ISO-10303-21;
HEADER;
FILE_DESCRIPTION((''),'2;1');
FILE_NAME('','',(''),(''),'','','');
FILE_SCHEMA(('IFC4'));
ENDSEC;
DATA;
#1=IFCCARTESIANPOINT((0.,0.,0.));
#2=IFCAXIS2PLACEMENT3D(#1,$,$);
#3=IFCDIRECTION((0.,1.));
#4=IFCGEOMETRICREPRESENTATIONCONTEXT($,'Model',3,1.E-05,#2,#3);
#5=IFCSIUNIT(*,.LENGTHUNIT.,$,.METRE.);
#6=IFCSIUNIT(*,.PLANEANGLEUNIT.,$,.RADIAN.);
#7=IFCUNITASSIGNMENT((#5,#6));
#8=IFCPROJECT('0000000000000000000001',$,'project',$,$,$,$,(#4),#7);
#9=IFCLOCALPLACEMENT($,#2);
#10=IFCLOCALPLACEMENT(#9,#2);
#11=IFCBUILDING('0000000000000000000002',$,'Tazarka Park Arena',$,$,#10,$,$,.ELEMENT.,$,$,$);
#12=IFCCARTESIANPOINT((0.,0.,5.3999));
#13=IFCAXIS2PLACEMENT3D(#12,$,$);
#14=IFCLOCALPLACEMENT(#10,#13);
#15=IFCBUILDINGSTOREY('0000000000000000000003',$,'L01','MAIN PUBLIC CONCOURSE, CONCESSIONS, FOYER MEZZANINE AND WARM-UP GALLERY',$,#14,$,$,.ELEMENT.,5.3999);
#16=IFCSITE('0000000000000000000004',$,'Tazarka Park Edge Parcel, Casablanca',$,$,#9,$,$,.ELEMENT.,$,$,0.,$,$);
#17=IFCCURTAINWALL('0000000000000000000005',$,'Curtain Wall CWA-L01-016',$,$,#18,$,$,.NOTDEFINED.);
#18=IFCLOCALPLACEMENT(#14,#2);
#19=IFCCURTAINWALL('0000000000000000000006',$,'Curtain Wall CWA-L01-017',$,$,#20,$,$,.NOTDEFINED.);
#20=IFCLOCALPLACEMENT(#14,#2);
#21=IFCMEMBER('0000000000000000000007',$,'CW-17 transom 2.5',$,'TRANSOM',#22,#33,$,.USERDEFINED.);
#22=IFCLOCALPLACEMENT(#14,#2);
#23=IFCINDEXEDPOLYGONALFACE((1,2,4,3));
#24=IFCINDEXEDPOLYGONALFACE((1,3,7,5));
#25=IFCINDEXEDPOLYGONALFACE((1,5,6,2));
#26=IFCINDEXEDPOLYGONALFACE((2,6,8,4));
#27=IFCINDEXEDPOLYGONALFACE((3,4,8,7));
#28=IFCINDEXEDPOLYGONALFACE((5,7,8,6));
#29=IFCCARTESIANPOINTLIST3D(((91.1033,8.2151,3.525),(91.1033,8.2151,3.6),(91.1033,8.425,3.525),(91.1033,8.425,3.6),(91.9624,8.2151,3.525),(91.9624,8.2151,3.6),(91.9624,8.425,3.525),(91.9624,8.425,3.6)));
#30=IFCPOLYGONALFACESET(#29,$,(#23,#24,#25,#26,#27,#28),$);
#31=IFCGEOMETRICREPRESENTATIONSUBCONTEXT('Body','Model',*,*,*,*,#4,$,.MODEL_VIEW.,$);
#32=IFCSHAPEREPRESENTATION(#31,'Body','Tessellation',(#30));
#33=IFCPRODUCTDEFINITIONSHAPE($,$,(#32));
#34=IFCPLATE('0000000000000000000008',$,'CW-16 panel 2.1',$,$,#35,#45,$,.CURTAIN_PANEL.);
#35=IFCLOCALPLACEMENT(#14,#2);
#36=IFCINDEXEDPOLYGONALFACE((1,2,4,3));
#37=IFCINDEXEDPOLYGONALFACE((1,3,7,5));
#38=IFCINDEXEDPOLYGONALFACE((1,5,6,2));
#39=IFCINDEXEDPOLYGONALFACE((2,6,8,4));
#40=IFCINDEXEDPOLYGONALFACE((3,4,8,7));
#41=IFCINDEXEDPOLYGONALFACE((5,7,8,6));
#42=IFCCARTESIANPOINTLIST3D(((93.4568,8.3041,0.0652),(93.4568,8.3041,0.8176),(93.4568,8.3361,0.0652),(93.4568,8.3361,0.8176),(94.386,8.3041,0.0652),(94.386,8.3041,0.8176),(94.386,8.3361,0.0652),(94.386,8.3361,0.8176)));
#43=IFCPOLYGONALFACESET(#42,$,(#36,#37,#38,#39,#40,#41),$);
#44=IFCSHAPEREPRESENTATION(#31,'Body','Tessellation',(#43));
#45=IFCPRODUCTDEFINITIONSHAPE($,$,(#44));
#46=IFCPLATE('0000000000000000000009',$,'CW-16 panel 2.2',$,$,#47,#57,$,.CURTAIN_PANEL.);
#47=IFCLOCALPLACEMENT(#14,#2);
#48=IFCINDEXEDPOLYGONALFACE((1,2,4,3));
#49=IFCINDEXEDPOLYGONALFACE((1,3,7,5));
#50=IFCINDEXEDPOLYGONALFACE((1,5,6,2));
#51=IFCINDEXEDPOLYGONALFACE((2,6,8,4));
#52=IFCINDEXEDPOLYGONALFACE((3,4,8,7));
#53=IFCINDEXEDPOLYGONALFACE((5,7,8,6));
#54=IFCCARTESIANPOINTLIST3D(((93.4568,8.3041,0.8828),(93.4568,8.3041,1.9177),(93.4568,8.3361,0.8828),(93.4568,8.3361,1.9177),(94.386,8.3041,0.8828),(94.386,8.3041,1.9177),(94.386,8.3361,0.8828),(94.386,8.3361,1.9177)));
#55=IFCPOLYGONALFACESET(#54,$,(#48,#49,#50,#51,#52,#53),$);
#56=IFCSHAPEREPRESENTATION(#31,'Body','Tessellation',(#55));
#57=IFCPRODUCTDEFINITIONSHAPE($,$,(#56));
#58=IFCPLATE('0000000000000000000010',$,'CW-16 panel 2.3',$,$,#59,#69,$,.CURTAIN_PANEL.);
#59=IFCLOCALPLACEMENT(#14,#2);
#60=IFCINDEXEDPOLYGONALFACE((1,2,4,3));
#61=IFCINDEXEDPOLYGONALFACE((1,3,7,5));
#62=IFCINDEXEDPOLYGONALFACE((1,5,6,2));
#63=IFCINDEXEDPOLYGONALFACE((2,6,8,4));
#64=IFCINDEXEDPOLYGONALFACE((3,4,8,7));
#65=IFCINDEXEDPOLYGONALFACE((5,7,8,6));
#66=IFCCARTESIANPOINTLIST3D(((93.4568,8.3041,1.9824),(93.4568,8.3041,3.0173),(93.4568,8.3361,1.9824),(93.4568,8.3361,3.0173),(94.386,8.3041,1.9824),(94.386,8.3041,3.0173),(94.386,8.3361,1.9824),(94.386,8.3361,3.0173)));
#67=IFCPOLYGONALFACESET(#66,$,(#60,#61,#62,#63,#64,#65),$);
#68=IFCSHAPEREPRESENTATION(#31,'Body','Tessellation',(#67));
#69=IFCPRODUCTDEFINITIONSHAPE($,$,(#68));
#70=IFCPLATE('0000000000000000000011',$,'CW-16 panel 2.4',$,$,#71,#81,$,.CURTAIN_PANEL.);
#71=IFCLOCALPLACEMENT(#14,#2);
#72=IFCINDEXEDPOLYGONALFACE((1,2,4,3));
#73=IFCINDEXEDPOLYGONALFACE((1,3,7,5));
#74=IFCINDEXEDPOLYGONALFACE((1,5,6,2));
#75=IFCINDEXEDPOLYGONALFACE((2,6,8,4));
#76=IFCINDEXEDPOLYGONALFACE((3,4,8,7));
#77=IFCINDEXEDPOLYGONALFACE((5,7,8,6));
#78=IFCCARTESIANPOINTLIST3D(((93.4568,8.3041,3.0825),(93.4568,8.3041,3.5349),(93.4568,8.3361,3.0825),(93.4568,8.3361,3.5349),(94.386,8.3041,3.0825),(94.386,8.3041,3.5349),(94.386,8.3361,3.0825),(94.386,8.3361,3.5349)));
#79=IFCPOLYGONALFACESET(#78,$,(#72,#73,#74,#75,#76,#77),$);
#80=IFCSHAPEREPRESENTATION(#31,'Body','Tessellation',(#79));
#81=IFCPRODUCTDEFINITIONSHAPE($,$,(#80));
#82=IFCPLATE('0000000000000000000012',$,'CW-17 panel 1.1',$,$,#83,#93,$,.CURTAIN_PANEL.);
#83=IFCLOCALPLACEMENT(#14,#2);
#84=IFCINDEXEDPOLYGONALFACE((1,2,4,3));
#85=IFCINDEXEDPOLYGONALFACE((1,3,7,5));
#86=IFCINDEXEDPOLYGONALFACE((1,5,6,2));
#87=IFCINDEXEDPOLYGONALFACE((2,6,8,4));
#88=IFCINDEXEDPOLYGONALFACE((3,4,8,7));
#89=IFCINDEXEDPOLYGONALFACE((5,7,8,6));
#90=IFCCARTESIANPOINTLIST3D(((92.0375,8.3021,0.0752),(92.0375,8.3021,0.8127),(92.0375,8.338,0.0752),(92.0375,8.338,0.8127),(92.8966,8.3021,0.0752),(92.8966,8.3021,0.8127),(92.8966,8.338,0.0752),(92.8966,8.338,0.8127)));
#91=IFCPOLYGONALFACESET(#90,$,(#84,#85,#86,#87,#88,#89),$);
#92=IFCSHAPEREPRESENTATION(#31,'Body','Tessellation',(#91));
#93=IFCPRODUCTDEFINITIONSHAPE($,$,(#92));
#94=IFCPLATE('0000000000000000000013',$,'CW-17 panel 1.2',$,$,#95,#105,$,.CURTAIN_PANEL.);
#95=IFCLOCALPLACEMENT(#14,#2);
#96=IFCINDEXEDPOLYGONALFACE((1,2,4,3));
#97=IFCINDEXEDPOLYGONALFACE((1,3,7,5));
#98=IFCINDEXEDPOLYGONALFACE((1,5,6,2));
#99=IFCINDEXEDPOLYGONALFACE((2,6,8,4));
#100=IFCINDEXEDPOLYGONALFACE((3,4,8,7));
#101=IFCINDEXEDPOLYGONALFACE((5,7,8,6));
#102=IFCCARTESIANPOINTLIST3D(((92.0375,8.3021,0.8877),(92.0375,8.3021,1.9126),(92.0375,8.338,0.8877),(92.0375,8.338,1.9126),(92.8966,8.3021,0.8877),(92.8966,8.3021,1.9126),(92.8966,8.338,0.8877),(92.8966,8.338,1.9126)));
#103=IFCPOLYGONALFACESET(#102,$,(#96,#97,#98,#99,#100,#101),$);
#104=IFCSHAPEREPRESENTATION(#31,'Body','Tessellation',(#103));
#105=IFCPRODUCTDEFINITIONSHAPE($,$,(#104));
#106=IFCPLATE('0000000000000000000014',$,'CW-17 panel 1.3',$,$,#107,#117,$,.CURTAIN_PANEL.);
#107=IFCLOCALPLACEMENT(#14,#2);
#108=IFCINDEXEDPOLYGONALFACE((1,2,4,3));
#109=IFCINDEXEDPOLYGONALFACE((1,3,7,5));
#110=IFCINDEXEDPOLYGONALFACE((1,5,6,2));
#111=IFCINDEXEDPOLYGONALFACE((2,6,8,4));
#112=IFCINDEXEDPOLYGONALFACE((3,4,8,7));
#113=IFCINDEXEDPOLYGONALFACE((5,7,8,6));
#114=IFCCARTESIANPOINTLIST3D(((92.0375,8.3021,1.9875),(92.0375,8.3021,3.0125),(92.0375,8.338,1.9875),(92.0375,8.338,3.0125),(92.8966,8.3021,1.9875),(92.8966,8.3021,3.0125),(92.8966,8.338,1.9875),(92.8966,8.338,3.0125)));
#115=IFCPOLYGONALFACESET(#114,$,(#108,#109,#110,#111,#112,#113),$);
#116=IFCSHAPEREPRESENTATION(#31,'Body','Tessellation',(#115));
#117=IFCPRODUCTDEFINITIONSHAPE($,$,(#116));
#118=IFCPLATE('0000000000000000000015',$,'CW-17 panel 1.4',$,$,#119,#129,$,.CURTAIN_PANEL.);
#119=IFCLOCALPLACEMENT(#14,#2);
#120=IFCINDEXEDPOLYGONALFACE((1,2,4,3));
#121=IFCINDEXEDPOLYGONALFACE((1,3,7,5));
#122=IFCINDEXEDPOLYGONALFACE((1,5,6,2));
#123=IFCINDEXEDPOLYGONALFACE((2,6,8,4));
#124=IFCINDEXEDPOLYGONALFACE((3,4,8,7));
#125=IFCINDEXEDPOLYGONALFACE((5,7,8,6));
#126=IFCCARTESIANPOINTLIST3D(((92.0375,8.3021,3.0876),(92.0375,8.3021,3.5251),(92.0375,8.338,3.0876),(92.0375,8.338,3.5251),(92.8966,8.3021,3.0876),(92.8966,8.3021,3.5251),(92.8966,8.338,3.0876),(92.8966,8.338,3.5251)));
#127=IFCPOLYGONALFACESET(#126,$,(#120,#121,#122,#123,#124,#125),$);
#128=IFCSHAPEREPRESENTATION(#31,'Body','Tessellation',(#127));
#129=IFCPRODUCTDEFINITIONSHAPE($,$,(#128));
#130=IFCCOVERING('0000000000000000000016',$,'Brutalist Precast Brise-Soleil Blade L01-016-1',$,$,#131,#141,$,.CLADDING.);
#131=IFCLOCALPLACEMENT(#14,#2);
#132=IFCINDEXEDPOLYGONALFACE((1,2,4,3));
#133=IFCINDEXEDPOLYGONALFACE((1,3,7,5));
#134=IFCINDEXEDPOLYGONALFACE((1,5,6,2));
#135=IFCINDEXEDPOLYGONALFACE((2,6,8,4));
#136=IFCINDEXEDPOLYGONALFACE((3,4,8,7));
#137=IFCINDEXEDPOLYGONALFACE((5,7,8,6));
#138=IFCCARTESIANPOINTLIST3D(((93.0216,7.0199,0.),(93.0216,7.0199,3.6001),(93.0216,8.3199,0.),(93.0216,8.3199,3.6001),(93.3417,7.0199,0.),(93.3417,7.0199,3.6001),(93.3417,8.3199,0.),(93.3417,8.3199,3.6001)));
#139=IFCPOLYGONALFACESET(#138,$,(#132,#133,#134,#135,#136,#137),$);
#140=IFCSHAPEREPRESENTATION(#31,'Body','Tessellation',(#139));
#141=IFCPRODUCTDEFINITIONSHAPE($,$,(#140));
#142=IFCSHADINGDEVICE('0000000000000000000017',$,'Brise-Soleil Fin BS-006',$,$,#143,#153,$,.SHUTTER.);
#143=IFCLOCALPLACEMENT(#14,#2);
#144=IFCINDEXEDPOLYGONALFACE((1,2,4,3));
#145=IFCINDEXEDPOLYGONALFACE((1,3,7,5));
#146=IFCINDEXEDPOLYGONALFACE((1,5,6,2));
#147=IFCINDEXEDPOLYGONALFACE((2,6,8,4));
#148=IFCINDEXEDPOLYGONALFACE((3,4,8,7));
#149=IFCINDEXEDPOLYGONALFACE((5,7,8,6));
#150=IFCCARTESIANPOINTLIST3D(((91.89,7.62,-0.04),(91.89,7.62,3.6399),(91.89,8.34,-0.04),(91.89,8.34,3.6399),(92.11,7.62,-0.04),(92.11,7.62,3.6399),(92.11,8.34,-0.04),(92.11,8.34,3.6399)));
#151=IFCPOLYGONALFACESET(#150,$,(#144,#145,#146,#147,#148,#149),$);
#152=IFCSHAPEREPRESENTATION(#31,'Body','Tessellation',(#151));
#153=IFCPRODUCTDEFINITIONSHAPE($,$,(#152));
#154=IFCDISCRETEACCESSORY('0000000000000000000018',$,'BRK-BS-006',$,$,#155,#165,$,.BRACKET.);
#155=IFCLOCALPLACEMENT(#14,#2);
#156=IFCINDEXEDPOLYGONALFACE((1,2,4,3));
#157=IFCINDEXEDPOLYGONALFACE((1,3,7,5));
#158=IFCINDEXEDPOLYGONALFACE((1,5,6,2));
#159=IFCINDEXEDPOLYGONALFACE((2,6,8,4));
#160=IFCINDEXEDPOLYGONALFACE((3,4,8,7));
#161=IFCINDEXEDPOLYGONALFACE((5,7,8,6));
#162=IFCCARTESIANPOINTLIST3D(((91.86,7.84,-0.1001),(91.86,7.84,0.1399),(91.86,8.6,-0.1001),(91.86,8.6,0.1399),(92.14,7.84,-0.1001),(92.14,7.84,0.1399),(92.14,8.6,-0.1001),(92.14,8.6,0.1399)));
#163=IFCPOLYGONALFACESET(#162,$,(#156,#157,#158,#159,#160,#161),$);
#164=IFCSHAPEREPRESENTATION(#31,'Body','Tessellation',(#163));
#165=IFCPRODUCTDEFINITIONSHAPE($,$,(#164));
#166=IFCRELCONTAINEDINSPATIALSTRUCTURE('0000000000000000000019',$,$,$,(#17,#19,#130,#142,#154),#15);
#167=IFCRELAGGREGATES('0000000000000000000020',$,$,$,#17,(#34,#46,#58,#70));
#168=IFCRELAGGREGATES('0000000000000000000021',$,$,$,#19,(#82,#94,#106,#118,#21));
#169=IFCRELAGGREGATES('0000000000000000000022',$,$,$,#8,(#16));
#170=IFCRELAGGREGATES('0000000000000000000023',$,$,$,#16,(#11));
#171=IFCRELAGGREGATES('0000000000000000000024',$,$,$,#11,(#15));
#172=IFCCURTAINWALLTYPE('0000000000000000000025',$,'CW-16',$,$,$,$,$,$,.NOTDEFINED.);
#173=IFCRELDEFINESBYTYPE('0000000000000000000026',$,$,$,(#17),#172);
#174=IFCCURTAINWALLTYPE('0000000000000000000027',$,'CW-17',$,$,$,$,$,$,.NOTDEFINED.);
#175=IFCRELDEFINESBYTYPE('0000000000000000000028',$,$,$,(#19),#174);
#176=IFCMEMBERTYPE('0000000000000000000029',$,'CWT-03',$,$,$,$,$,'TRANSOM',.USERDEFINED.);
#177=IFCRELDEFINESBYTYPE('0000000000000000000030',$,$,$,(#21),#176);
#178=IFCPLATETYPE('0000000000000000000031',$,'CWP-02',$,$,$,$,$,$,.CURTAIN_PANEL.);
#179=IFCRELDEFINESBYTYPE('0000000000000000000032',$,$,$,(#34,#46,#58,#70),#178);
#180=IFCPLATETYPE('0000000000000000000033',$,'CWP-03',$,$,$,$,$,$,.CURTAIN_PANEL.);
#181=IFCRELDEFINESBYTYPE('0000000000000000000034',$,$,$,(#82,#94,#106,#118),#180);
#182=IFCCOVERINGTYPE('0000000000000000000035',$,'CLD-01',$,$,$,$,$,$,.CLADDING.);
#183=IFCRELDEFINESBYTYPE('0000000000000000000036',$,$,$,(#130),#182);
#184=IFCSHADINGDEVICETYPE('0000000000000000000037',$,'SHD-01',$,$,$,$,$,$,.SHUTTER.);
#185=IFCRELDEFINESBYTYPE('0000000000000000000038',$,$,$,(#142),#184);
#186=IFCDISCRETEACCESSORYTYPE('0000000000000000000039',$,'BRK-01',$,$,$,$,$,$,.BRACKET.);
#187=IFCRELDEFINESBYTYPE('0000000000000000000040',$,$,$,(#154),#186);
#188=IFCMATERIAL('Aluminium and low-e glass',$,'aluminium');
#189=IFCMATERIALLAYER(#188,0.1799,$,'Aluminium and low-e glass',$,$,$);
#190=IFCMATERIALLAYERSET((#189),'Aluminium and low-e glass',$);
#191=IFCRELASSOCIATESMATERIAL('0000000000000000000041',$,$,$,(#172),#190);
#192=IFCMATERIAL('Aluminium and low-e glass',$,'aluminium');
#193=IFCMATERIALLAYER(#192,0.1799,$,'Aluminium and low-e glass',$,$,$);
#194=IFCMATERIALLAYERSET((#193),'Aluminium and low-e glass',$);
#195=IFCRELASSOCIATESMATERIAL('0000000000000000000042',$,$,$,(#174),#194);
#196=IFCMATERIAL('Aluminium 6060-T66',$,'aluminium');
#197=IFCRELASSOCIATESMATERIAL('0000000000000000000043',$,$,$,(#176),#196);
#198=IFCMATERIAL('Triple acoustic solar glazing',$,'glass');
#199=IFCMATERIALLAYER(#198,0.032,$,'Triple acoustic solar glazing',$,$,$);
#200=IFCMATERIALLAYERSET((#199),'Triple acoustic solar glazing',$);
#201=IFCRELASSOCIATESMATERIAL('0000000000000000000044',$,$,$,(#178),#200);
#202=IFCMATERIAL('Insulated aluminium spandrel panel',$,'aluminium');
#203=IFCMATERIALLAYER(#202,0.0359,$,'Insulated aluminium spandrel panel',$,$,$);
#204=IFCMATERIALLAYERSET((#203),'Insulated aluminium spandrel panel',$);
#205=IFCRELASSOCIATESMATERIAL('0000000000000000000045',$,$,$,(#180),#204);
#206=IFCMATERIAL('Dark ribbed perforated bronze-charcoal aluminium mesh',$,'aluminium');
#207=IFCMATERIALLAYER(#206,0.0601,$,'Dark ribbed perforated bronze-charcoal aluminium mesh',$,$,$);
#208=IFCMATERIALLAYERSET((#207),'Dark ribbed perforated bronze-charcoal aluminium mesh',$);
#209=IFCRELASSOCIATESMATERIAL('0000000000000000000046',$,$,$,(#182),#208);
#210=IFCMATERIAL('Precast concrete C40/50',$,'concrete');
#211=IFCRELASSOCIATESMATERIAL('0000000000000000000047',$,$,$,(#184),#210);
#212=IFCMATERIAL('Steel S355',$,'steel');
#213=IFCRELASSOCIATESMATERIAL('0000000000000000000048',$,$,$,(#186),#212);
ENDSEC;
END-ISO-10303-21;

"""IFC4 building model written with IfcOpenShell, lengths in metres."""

from ifc_helpers import new_model, si_unit, direction, frame, origin, origin_2d, place, context, subcontext, project, spatial, rectangle, extrude, material, layer, layer_set, material_profile, profile_set, type_object, element, aggregate, save


model = new_model("IFC4")

# Units and contexts
model_context = context("Model", 3, precision=1e-05, world=origin(), true_north=direction((0.0, 1.0)))
body_context = subcontext(model_context, "Body", "Model", "MODEL_VIEW")
ifc_project = project(units=[si_unit("LENGTHUNIT", "METRE"), si_unit("PLANEANGLEUNIT", "RADIAN")], contexts=[model_context])

# Site, building, storey
site_placement = place(None, origin())
site = spatial("IfcSite", under=ifc_project, at=site_placement, Name="Tazarka Park Edge Parcel, Casablanca", CompositionType="ELEMENT", RefElevation=0.0)
building_placement = place(site_placement, origin())
building = spatial("IfcBuilding", under=site, at=building_placement, Name="Tazarka Park Arena", CompositionType="ELEMENT")
storey_placement = place(building_placement, frame((0.0, 0.0, 5.3999)))
storey = spatial("IfcBuildingStorey", under=building, at=storey_placement, Name="L01", Description="MAIN PUBLIC CONCOURSE, CONCESSIONS, FOYER MEZZANINE AND WARM-UP GALLERY", CompositionType="ELEMENT", Elevation=5.3999)

# Curtain wall
ifc_material_1 = material(Name="Aluminium and low-e glass", Category="aluminium")
ifc_layer_1 = layer(ifc_material_1, 0.1799, Name="Aluminium and low-e glass")
ifc_layer_set_1 = layer_set([ifc_layer_1], Name="Aluminium and low-e glass")
curtain_wall_type_1 = type_object("IfcCurtainWallType", Name="CW-16", PredefinedType="NOTDEFINED", material=ifc_layer_set_1)
curtain_wall_1_placement = place(storey_placement, origin())
curtain_wall_1 = element("IfcCurtainWall", 1, at=curtain_wall_1_placement, inside=storey, type_object=curtain_wall_type_1, Name="Curtain Wall CWA-L01-016", PredefinedType="NOTDEFINED")

# Curtain wall
ifc_material_2 = material(Name="Aluminium and low-e glass", Category="aluminium")
ifc_layer_2 = layer(ifc_material_2, 0.1799, Name="Aluminium and low-e glass")
ifc_layer_set_2 = layer_set([ifc_layer_2], Name="Aluminium and low-e glass")
curtain_wall_type_2 = type_object("IfcCurtainWallType", Name="CW-17", PredefinedType="NOTDEFINED", material=ifc_layer_set_2)
curtain_wall_2_placement = place(storey_placement, origin())
curtain_wall_2 = element("IfcCurtainWall", 2, at=curtain_wall_2_placement, inside=storey, type_object=curtain_wall_type_2, Name="Curtain Wall CWA-L01-017", PredefinedType="NOTDEFINED")

# Member
ifc_material_3 = material(Name="Aluminium 6060-T66", Category="aluminium")
ifc_material_profile_1 = material_profile(ifc_material_3, rectangle(XDim=0.21, YDim=0.075, at=origin_2d()), Name="Aluminium 6060-T66")
ifc_profile_set_1 = profile_set([ifc_material_profile_1], Name="Aluminium 6060-T66")
member_type_1 = type_object("IfcMemberType", Name="CWT-03", ElementType="TRANSOM", PredefinedType="USERDEFINED", material=ifc_profile_set_1)
member_1_placement = place(storey_placement, frame((91.9624, 8.3201, 3.5625), z_axis=(-1.0, 0.0, 0.0), x_axis=(0.0, -1.0, 0.0)))
member_1 = element("IfcMember", 3, at=member_1_placement, type_object=member_type_1, Name="CW-17 transom 2.5", ObjectType="TRANSOM", PredefinedType="USERDEFINED", context=body_context, shape_type="SweptSolid", body=[
    extrude(rectangle(XDim=0.21, YDim=0.075, at=origin_2d()), origin(), (0.0, 0.0, 1.0), 0.8591),
])

# Plates
ifc_material_4 = material(Name="Triple acoustic solar glazing", Category="glass")
ifc_layer_3 = layer(ifc_material_4, 0.032, Name="Triple acoustic solar glazing")
ifc_layer_set_3 = layer_set([ifc_layer_3], Name="Triple acoustic solar glazing")
plate_type_1 = type_object("IfcPlateType", Name="CWP-02", PredefinedType="CURTAIN_PANEL", material=ifc_layer_set_3)
plate_1_placement = place(storey_placement, frame((93.9214, 8.3201, 0.0652), z_axis=(0.0, 0.0, 1.0), x_axis=(-1.0, 0.0, 0.0)))
plate_1 = element("IfcPlate", 4, at=plate_1_placement, type_object=plate_type_1, Name="CW-16 panel 2.1", PredefinedType="CURTAIN_PANEL", context=body_context, shape_type="SweptSolid", body=[
    extrude(rectangle(XDim=0.9292, YDim=0.032, at=origin_2d()), origin(), (0.0, 0.0, 1.0), 0.7524),
])
plate_2_placement = place(storey_placement, frame((93.9214, 8.3201, 0.8828), z_axis=(0.0, 0.0, 1.0), x_axis=(-1.0, 0.0, 0.0)))
plate_2 = element("IfcPlate", 5, at=plate_2_placement, type_object=plate_type_1, Name="CW-16 panel 2.2", PredefinedType="CURTAIN_PANEL", context=body_context, shape_type="SweptSolid", body=[
    extrude(rectangle(XDim=0.9292, YDim=0.032, at=origin_2d()), origin(), (0.0, 0.0, 1.0), 1.0349),
])
plate_3_placement = place(storey_placement, frame((93.9214, 8.3201, 1.9824), z_axis=(0.0, 0.0, 1.0), x_axis=(-1.0, 0.0, 0.0)))
plate_3 = element("IfcPlate", 6, at=plate_3_placement, type_object=plate_type_1, Name="CW-16 panel 2.3", PredefinedType="CURTAIN_PANEL", context=body_context, shape_type="SweptSolid", body=[
    extrude(rectangle(XDim=0.9292, YDim=0.032, at=origin_2d()), origin(), (0.0, 0.0, 1.0), 1.0349),
])
plate_4_placement = place(storey_placement, frame((93.9214, 8.3201, 3.0825), z_axis=(0.0, 0.0, 1.0), x_axis=(-1.0, 0.0, 0.0)))
plate_4 = element("IfcPlate", 7, at=plate_4_placement, type_object=plate_type_1, Name="CW-16 panel 2.4", PredefinedType="CURTAIN_PANEL", context=body_context, shape_type="SweptSolid", body=[
    extrude(rectangle(XDim=0.9292, YDim=0.032, at=origin_2d()), origin(), (0.0, 0.0, 1.0), 0.4524),
])
aggregate(curtain_wall_1, [plate_1, plate_2, plate_3, plate_4])
ifc_material_5 = material(Name="Insulated aluminium spandrel panel", Category="aluminium")
ifc_layer_4 = layer(ifc_material_5, 0.0359, Name="Insulated aluminium spandrel panel")
ifc_layer_set_4 = layer_set([ifc_layer_4], Name="Insulated aluminium spandrel panel")
plate_type_2 = type_object("IfcPlateType", Name="CWP-03", PredefinedType="CURTAIN_PANEL", material=ifc_layer_set_4)
plate_5_placement = place(storey_placement, frame((92.467, 8.3201, 0.0752), z_axis=(0.0, 0.0, 1.0), x_axis=(-1.0, 0.0, 0.0)))
plate_5 = element("IfcPlate", 8, at=plate_5_placement, type_object=plate_type_2, Name="CW-17 panel 1.1", PredefinedType="CURTAIN_PANEL", context=body_context, shape_type="SweptSolid", body=[
    extrude(rectangle(XDim=0.8591, YDim=0.0359, at=origin_2d()), origin(), (0.0, 0.0, 1.0), 0.7375),
])
plate_6_placement = place(storey_placement, frame((92.467, 8.3201, 0.8877), z_axis=(0.0, 0.0, 1.0), x_axis=(-1.0, 0.0, 0.0)))
plate_6 = element("IfcPlate", 9, at=plate_6_placement, type_object=plate_type_2, Name="CW-17 panel 1.2", PredefinedType="CURTAIN_PANEL", context=body_context, shape_type="SweptSolid", body=[
    extrude(rectangle(XDim=0.8591, YDim=0.0359, at=origin_2d()), origin(), (0.0, 0.0, 1.0), 1.0249),
])
plate_7_placement = place(storey_placement, frame((92.467, 8.3201, 1.9875), z_axis=(0.0, 0.0, 1.0), x_axis=(-1.0, 0.0, 0.0)))
plate_7 = element("IfcPlate", 10, at=plate_7_placement, type_object=plate_type_2, Name="CW-17 panel 1.3", PredefinedType="CURTAIN_PANEL", context=body_context, shape_type="SweptSolid", body=[
    extrude(rectangle(XDim=0.8591, YDim=0.0359, at=origin_2d()), origin(), (0.0, 0.0, 1.0), 1.0249),
])
plate_8_placement = place(storey_placement, frame((92.467, 8.3201, 3.0876), z_axis=(0.0, 0.0, 1.0), x_axis=(-1.0, 0.0, 0.0)))
plate_8 = element("IfcPlate", 11, at=plate_8_placement, type_object=plate_type_2, Name="CW-17 panel 1.4", PredefinedType="CURTAIN_PANEL", context=body_context, shape_type="SweptSolid", body=[
    extrude(rectangle(XDim=0.8591, YDim=0.0359, at=origin_2d()), origin(), (0.0, 0.0, 1.0), 0.4375),
])
aggregate(curtain_wall_2, [plate_5, plate_6, plate_7, plate_8, member_1])

# Covering
ifc_material_6 = material(Name="Dark ribbed perforated bronze-charcoal aluminium mesh", Category="aluminium")
ifc_layer_5 = layer(ifc_material_6, 0.0601, Name="Dark ribbed perforated bronze-charcoal aluminium mesh")
ifc_layer_set_5 = layer_set([ifc_layer_5], Name="Dark ribbed perforated bronze-charcoal aluminium mesh")
covering_type = type_object("IfcCoveringType", Name="CLD-01", PredefinedType="CLADDING", material=ifc_layer_set_5)
covering_placement = place(storey_placement, frame((93.1816, 7.6699, 0.0), z_axis=(0.0, 0.0, 1.0), x_axis=(-1.0, 0.0, 0.0)))
element("IfcCovering", 12, at=covering_placement, inside=storey, type_object=covering_type, Name="Brutalist Precast Brise-Soleil Blade L01-016-1", PredefinedType="CLADDING", context=body_context, shape_type="SweptSolid", body=[
    extrude(rectangle(XDim=0.3201, YDim=1.3, at=origin_2d()), origin(), (0.0, 0.0, 1.0), 3.6001),
])

# Shading device
ifc_material_7 = material(Name="Precast concrete C40/50", Category="concrete")
shading_device_type = type_object("IfcShadingDeviceType", Name="SHD-01", PredefinedType="SHUTTER", material=ifc_material_7)
shading_device_placement = place(storey_placement, frame((92.0, 7.98, -0.04), z_axis=(0.0, 0.0, 1.0), x_axis=(-1.0, 0.0, 0.0)))
element("IfcShadingDevice", 13, at=shading_device_placement, inside=storey, type_object=shading_device_type, Name="Brise-Soleil Fin BS-006", PredefinedType="SHUTTER", context=body_context, shape_type="SweptSolid", body=[
    extrude(rectangle(XDim=0.22, YDim=0.72, at=origin_2d()), origin(), (0.0, 0.0, 1.0), 3.6799),
])

# Discrete accessory
ifc_material_8 = material(Name="Steel S355", Category="steel")
discrete_accessory_type = type_object("IfcDiscreteAccessoryType", Name="BRK-01", PredefinedType="BRACKET", material=ifc_material_8)
discrete_accessory_placement = place(storey_placement, frame((92.0, 8.22, -0.1001), z_axis=(0.0, 0.0, 1.0), x_axis=(-1.0, 0.0, 0.0)))
element("IfcDiscreteAccessory", 14, at=discrete_accessory_placement, inside=storey, type_object=discrete_accessory_type, Name="BRK-BS-006", PredefinedType="BRACKET", context=body_context, shape_type="SweptSolid", body=[
    extrude(rectangle(XDim=0.28, YDim=0.76, at=origin_2d()), origin(), (0.0, 0.0, 1.0), 0.24),
])

save(model, "model.ifc")
